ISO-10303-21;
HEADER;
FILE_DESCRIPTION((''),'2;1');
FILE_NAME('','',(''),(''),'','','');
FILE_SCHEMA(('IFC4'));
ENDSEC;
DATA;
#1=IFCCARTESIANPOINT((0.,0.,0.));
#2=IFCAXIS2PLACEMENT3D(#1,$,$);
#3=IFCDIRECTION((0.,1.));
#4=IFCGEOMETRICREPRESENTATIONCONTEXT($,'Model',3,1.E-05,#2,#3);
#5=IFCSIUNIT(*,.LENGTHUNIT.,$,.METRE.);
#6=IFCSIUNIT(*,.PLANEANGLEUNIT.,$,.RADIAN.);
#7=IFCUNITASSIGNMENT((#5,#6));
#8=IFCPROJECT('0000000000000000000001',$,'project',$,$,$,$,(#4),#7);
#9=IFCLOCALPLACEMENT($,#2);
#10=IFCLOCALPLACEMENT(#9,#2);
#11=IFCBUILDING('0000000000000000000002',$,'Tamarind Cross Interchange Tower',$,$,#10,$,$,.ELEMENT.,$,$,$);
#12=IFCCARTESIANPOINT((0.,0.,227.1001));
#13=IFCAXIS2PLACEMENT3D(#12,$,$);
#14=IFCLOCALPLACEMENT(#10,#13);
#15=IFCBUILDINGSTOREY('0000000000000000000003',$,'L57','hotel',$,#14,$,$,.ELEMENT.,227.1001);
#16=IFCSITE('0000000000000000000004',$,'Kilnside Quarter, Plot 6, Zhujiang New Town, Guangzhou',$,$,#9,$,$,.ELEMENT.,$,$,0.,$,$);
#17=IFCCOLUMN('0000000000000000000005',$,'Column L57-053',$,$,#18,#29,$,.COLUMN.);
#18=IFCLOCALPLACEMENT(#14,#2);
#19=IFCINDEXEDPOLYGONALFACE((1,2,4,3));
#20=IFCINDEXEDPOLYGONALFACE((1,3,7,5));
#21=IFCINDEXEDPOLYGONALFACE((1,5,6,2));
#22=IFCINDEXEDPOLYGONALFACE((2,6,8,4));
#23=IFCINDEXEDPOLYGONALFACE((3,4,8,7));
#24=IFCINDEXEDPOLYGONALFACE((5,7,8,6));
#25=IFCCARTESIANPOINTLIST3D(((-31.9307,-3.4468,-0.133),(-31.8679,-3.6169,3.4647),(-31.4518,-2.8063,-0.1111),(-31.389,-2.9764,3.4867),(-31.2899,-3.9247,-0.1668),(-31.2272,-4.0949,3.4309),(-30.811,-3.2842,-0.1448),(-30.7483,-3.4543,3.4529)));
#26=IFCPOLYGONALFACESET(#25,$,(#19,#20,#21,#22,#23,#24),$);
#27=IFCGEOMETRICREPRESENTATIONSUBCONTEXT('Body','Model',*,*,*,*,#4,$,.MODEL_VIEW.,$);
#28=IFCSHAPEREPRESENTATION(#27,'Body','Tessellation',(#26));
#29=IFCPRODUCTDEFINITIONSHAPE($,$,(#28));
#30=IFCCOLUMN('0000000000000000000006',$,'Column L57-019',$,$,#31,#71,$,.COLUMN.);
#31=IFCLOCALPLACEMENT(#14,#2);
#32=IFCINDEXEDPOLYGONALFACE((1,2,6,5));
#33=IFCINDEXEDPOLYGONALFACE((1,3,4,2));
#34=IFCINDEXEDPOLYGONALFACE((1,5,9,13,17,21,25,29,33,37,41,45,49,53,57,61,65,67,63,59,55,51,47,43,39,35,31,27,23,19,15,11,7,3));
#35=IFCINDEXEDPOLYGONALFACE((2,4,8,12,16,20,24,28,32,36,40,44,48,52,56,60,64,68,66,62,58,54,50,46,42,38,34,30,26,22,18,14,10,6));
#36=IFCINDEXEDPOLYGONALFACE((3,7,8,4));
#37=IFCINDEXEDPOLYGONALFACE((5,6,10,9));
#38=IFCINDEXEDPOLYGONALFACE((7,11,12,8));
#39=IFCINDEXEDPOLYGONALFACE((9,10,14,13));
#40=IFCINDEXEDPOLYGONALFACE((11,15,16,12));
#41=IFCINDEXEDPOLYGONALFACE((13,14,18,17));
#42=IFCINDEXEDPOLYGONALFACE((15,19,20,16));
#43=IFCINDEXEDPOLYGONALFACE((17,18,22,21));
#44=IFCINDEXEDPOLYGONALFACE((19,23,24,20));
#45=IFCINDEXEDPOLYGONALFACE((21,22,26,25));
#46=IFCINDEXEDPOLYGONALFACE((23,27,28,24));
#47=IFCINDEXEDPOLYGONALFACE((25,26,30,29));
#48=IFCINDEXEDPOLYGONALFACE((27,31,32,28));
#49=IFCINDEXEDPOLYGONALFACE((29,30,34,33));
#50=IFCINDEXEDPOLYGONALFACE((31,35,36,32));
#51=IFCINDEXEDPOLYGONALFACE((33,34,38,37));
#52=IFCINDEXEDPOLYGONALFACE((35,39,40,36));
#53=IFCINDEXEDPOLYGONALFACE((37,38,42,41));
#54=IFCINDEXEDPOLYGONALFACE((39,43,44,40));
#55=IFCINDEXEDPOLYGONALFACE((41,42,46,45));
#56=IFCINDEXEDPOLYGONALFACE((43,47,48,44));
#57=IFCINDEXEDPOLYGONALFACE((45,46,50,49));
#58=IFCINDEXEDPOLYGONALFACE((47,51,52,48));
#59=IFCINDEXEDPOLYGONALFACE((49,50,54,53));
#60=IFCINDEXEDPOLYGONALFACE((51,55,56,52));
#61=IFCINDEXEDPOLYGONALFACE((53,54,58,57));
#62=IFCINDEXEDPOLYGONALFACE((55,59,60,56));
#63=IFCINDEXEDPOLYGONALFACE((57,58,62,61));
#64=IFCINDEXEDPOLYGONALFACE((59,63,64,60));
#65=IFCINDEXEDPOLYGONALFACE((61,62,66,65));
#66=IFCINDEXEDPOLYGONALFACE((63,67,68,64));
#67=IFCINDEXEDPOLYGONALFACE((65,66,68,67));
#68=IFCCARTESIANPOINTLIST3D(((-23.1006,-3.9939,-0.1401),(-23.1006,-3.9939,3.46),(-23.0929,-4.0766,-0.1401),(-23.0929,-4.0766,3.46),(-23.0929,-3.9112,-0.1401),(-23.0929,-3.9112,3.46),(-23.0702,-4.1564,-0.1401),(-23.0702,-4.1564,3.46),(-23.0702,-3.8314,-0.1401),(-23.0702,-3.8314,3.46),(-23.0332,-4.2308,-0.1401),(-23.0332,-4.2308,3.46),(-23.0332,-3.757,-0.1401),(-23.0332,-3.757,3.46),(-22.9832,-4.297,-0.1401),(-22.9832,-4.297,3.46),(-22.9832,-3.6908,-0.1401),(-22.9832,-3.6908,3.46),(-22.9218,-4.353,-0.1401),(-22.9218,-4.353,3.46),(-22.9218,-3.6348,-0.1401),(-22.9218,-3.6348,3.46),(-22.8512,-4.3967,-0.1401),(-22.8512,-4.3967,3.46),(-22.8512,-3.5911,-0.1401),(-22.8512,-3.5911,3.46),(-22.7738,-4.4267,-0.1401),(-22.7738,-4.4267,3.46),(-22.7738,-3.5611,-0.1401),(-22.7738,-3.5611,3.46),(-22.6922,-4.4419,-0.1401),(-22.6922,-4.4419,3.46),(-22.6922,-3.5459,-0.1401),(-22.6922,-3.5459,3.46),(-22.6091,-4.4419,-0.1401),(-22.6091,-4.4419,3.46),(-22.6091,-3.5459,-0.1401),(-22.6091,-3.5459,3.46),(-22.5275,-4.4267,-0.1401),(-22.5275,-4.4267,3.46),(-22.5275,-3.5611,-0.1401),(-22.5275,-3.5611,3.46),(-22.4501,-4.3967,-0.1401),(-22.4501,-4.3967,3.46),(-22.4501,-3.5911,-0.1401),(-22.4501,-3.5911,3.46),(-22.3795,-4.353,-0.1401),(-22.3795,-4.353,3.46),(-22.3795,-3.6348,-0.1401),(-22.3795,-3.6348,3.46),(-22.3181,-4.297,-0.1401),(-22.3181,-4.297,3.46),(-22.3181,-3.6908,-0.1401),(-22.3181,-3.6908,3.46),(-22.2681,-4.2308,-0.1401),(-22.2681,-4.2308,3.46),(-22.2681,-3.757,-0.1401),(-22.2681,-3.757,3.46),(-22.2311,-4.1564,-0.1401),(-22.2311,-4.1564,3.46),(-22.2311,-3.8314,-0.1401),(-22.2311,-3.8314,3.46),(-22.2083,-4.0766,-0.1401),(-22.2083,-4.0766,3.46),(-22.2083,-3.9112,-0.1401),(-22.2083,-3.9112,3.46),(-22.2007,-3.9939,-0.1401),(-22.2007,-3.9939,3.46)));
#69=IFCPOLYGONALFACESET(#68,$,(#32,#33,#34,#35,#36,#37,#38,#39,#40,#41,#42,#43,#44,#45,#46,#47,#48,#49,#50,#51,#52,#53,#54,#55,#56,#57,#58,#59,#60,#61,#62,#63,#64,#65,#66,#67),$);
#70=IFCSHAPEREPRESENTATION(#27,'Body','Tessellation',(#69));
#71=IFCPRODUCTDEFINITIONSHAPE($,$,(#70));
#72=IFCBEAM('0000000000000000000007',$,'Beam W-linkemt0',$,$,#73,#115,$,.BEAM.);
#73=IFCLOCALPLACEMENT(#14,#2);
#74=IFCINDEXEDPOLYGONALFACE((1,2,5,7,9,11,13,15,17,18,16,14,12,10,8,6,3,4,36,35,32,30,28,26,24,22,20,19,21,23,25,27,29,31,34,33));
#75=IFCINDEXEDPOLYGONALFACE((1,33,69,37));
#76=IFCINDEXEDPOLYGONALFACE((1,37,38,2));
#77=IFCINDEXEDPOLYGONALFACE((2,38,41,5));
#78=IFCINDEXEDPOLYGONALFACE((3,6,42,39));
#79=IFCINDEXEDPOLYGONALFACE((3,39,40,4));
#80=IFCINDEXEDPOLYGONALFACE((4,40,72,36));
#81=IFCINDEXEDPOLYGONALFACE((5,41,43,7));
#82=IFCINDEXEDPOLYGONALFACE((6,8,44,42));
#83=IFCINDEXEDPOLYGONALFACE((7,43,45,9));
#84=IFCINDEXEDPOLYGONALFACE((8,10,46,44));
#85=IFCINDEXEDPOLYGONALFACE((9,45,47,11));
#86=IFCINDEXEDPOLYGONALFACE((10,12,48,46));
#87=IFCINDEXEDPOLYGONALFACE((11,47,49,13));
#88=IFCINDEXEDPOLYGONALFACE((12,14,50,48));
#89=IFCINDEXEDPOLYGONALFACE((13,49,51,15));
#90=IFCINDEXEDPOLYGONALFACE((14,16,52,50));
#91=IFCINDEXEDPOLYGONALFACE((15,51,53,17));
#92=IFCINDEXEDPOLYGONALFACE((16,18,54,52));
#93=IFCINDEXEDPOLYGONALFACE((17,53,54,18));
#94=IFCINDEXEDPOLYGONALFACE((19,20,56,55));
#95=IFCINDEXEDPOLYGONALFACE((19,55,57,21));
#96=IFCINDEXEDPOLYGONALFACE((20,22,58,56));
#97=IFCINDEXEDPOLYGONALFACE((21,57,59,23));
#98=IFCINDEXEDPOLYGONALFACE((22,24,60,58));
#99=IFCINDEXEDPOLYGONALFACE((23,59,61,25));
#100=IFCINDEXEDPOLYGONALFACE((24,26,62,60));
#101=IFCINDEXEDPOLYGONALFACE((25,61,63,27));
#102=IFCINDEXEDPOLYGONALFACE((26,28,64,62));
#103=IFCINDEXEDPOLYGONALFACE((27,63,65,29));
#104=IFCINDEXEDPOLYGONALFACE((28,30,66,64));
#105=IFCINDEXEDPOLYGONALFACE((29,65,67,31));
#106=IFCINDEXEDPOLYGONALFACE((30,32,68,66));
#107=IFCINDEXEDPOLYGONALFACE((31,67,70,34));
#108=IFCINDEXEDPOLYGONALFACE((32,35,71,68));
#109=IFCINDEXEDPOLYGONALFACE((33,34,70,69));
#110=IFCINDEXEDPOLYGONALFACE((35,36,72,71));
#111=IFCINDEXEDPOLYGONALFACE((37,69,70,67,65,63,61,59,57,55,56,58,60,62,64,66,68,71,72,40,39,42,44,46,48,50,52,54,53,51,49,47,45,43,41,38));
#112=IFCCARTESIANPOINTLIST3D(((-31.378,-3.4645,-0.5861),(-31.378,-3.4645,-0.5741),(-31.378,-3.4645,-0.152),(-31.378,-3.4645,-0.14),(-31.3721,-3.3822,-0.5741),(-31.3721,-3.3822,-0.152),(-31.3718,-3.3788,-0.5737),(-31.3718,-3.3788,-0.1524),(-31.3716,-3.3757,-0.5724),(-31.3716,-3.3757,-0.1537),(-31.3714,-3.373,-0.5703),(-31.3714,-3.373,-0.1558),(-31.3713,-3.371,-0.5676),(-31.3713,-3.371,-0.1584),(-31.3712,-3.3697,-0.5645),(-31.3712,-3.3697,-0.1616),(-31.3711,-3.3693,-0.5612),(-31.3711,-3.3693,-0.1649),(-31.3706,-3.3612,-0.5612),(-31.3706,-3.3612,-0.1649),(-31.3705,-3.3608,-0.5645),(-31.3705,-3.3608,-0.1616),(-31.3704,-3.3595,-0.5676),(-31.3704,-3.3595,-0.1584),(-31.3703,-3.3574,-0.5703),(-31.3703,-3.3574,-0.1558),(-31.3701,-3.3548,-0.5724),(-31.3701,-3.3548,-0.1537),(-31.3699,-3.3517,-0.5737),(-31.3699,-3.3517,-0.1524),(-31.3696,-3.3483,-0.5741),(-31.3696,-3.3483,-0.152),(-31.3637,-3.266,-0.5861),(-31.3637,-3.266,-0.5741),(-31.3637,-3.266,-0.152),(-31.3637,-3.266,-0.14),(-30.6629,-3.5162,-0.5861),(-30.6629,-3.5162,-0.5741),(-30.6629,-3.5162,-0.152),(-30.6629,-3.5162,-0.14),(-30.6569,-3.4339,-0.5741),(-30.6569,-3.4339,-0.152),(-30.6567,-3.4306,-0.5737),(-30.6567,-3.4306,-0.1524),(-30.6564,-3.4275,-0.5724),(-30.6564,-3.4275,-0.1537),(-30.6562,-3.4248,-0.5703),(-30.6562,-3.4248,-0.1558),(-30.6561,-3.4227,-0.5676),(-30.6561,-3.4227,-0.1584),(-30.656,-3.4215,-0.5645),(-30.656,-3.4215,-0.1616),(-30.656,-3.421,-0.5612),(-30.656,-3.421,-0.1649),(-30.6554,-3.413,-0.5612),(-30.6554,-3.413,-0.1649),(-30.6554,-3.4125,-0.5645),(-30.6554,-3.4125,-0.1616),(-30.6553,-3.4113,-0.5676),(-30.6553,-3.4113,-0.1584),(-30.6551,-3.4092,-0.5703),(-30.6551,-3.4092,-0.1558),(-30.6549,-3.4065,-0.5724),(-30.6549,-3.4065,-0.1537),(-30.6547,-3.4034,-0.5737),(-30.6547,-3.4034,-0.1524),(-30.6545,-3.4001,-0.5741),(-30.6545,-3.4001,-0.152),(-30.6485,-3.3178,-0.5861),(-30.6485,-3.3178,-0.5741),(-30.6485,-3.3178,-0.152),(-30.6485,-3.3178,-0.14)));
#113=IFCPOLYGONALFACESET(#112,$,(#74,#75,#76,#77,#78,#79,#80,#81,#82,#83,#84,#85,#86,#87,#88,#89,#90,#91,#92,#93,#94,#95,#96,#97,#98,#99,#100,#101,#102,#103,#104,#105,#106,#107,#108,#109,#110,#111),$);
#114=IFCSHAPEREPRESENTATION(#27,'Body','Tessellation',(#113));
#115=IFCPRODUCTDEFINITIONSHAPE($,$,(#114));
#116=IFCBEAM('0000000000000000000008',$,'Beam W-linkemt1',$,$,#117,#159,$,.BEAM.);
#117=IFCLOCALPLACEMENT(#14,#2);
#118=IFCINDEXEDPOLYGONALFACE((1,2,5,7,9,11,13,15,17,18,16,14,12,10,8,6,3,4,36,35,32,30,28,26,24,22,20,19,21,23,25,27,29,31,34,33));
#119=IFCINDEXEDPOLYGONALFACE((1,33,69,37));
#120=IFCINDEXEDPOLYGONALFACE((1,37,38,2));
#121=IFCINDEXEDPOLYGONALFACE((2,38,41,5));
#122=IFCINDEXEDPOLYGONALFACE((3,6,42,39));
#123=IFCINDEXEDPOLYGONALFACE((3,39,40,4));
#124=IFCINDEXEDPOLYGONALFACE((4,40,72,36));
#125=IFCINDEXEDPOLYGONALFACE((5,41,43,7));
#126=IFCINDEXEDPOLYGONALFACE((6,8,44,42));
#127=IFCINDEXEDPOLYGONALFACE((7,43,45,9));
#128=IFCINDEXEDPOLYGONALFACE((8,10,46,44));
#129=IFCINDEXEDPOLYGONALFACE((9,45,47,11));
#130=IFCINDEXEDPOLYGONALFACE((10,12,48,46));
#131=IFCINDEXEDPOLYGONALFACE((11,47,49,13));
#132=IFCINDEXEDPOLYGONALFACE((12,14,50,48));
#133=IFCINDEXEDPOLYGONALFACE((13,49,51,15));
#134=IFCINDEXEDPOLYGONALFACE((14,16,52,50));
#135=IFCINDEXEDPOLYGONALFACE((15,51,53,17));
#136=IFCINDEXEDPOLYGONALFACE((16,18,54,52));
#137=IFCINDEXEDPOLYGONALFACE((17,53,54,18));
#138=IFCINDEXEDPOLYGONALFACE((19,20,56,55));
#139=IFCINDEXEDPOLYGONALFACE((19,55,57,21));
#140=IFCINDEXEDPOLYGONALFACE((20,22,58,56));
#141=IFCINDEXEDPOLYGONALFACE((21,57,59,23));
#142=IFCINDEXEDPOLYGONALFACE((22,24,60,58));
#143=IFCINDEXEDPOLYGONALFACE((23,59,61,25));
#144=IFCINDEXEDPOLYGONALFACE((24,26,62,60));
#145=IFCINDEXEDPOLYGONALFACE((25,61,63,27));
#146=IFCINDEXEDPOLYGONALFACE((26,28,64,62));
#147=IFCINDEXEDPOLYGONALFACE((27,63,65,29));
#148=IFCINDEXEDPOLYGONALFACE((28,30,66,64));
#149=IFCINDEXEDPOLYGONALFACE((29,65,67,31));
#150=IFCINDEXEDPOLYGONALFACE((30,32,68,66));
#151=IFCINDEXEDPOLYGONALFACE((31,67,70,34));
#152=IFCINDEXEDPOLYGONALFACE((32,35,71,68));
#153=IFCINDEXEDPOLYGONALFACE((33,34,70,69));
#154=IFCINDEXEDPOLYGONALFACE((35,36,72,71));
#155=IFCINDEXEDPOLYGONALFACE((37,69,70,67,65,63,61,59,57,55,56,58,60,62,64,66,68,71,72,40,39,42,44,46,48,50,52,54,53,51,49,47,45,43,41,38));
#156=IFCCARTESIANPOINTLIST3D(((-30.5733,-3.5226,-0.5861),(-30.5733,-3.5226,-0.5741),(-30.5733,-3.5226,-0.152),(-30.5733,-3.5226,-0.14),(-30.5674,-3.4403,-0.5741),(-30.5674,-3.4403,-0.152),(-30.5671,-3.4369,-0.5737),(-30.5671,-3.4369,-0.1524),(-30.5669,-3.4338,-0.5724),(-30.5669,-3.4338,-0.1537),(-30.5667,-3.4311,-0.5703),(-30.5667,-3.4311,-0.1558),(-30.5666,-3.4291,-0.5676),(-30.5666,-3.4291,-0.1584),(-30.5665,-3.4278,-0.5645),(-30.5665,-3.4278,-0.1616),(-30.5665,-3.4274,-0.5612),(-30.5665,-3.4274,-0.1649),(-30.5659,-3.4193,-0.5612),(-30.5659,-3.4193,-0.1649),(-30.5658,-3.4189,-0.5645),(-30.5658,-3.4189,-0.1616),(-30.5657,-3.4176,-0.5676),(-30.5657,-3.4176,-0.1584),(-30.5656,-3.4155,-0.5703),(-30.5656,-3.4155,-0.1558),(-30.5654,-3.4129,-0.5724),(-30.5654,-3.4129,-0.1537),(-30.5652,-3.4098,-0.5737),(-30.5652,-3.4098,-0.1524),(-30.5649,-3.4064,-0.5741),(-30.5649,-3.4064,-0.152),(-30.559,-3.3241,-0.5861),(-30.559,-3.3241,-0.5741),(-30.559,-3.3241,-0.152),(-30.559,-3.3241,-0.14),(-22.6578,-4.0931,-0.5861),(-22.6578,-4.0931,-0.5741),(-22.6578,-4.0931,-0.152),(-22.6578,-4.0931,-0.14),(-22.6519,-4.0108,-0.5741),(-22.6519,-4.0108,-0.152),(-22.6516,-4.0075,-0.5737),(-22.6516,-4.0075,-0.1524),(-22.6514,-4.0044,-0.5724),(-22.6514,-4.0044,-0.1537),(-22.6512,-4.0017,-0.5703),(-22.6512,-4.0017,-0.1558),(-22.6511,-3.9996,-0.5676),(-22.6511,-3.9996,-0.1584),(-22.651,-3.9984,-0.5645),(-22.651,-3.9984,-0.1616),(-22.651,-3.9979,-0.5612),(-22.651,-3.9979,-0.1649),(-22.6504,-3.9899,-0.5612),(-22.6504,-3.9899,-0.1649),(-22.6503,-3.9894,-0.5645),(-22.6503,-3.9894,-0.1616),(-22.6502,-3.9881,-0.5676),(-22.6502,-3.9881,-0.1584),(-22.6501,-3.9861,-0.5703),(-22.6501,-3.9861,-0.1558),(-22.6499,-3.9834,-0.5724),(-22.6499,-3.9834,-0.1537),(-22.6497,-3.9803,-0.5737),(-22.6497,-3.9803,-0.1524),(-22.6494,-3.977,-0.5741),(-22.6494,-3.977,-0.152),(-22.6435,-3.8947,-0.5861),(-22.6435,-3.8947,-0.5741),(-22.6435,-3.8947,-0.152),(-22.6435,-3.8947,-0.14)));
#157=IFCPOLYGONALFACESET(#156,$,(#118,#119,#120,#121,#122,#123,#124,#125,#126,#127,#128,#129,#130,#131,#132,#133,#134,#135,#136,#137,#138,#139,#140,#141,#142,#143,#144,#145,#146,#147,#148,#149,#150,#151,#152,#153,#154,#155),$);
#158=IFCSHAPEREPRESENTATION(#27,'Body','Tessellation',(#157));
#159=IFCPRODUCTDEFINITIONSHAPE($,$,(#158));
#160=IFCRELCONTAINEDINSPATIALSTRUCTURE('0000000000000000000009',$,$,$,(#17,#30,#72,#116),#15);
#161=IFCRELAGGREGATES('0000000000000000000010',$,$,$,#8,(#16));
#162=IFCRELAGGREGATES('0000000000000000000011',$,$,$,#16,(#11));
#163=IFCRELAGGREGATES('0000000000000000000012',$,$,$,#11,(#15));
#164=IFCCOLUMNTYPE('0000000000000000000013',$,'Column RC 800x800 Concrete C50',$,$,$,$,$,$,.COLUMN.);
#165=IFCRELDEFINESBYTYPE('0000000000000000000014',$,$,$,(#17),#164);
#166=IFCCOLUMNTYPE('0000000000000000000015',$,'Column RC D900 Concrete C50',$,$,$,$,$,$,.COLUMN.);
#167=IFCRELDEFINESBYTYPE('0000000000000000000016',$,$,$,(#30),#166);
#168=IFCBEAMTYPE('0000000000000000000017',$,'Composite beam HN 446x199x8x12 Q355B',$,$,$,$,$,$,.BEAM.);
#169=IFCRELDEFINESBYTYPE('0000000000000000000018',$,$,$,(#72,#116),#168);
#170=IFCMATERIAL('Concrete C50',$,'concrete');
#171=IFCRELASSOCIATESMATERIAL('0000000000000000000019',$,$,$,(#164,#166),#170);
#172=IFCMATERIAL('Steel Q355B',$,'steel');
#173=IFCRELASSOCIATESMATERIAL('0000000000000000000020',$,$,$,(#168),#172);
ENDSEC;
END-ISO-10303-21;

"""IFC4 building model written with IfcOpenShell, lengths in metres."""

from ifc_helpers import new_model, si_unit, direction, frame, origin, origin_2d, place, context, subcontext, project, spatial, rectangle, circle, i_section, extrude, material, material_profile, profile_set, type_object, element, save


model = new_model("IFC4")

# Units and contexts
model_context = context("Model", 3, precision=1e-05, world=origin(), true_north=direction((0.0, 1.0)))
body_context = subcontext(model_context, "Body", "Model", "MODEL_VIEW")
ifc_project = project(units=[si_unit("LENGTHUNIT", "METRE"), si_unit("PLANEANGLEUNIT", "RADIAN")], contexts=[model_context])

# Site, building, storey
site_placement = place(None, origin())
site = spatial("IfcSite", under=ifc_project, at=site_placement, Name="Kilnside Quarter, Plot 6, Zhujiang New Town, Guangzhou", CompositionType="ELEMENT", RefElevation=0.0)
building_placement = place(site_placement, origin())
building = spatial("IfcBuilding", under=site, at=building_placement, Name="Tamarind Cross Interchange Tower", CompositionType="ELEMENT")
storey_placement = place(building_placement, frame((0.0, 0.0, 227.1001)))
storey = spatial("IfcBuildingStorey", under=building, at=storey_placement, Name="L57", Description="hotel", CompositionType="ELEMENT", Elevation=227.1001)

# Columns
ifc_material_1 = material(Name="Concrete C50", Category="concrete")
ifc_material_profile_1 = material_profile(ifc_material_1, rectangle(XDim=0.8, YDim=0.8, at=origin_2d()), Name="RC 800x800")
ifc_profile_set_1 = profile_set([ifc_material_profile_1], Name="Concrete C50")
column_type_1 = type_object("IfcColumnType", Name="Column RC 800x800 Concrete C50", PredefinedType="COLUMN", material=ifc_profile_set_1)
column_1_placement = place(storey_placement, frame((-31.3708, -3.3655, -0.1389), z_axis=(0.017418, -0.047239, 0.998732), x_axis=(0.598589, 0.800586, 0.027427)))
element("IfcColumn", 1, at=column_1_placement, inside=storey, type_object=column_type_1, Name="Column L57-053", PredefinedType="COLUMN", context=body_context, shape_type="SweptSolid", body=[
    extrude(rectangle(XDim=0.8, YDim=0.8, at=origin_2d()), origin(), (0.0, 0.0, 1.0), 3.6023),
])
ifc_material_profile_2 = material_profile(ifc_material_1, circle(Radius=0.45, at=origin_2d()), Name="RC D900")
ifc_profile_set_2 = profile_set([ifc_material_profile_2], Name="Concrete C50")
column_type_2 = type_object("IfcColumnType", Name="Column RC D900 Concrete C50", PredefinedType="COLUMN", material=ifc_profile_set_2)
column_2_placement = place(storey_placement, frame((-22.6506, -3.9939, -0.1401), z_axis=(0.0, 0.0, 1.0), x_axis=(1.0, 0.0, 0.0)))
element("IfcColumn", 2, at=column_2_placement, inside=storey, type_object=column_type_2, Name="Column L57-019", PredefinedType="COLUMN", context=body_context, shape_type="SweptSolid", body=[
    extrude(circle(Radius=0.45, at=origin_2d()), origin(), (0.0, 0.0, 1.0), 3.6001),
])

# Beams
ifc_material_2 = material(Name="Steel Q355B", Category="steel")
ifc_material_profile_3 = material_profile(ifc_material_2, i_section(OverallWidth=0.199, OverallDepth=0.446, WebThickness=0.0081, FlangeThickness=0.012, FilletRadius=0.0129, at=origin_2d()), Name="HN 446x199x8x12")
ifc_profile_set_3 = profile_set([ifc_material_profile_3], Name="Steel Q355B")
beam_type_1 = type_object("IfcBeamType", Name="Composite beam HN 446x199x8x12 Q355B", PredefinedType="BEAM", material=ifc_profile_set_3)
beam_1_placement = place(storey_placement, frame((-31.3708, -3.3652, -0.363), z_axis=(0.997391, -0.072191, 0.0), x_axis=(0.072191, 0.997391, 0.0)))
element("IfcBeam", 3, at=beam_1_placement, inside=storey, type_object=beam_type_1, Name="Beam W-linkemt0", PredefinedType="BEAM", context=body_context, shape_type="SweptSolid", body=[
    extrude(i_section(OverallWidth=0.199, OverallDepth=0.446, WebThickness=0.0081, FlangeThickness=0.012, FilletRadius=0.0129, at=origin_2d()), origin(), (0.0, 0.0, 1.0), 0.717),
])
beam_2_placement = place(storey_placement, frame((-30.5662, -3.4233, -0.363), z_axis=(0.997412, -0.071894, 0.0), x_axis=(0.071894, 0.997412, 0.0)))
element("IfcBeam", 4, at=beam_2_placement, inside=storey, type_object=beam_type_1, Name="Beam W-linkemt1", PredefinedType="BEAM", context=body_context, shape_type="SweptSolid", body=[
    extrude(i_section(OverallWidth=0.199, OverallDepth=0.446, WebThickness=0.0081, FlangeThickness=0.012, FilletRadius=0.0129, at=origin_2d()), origin(), (0.0, 0.0, 1.0), 7.936),
])

save(model, "model.ifc")
